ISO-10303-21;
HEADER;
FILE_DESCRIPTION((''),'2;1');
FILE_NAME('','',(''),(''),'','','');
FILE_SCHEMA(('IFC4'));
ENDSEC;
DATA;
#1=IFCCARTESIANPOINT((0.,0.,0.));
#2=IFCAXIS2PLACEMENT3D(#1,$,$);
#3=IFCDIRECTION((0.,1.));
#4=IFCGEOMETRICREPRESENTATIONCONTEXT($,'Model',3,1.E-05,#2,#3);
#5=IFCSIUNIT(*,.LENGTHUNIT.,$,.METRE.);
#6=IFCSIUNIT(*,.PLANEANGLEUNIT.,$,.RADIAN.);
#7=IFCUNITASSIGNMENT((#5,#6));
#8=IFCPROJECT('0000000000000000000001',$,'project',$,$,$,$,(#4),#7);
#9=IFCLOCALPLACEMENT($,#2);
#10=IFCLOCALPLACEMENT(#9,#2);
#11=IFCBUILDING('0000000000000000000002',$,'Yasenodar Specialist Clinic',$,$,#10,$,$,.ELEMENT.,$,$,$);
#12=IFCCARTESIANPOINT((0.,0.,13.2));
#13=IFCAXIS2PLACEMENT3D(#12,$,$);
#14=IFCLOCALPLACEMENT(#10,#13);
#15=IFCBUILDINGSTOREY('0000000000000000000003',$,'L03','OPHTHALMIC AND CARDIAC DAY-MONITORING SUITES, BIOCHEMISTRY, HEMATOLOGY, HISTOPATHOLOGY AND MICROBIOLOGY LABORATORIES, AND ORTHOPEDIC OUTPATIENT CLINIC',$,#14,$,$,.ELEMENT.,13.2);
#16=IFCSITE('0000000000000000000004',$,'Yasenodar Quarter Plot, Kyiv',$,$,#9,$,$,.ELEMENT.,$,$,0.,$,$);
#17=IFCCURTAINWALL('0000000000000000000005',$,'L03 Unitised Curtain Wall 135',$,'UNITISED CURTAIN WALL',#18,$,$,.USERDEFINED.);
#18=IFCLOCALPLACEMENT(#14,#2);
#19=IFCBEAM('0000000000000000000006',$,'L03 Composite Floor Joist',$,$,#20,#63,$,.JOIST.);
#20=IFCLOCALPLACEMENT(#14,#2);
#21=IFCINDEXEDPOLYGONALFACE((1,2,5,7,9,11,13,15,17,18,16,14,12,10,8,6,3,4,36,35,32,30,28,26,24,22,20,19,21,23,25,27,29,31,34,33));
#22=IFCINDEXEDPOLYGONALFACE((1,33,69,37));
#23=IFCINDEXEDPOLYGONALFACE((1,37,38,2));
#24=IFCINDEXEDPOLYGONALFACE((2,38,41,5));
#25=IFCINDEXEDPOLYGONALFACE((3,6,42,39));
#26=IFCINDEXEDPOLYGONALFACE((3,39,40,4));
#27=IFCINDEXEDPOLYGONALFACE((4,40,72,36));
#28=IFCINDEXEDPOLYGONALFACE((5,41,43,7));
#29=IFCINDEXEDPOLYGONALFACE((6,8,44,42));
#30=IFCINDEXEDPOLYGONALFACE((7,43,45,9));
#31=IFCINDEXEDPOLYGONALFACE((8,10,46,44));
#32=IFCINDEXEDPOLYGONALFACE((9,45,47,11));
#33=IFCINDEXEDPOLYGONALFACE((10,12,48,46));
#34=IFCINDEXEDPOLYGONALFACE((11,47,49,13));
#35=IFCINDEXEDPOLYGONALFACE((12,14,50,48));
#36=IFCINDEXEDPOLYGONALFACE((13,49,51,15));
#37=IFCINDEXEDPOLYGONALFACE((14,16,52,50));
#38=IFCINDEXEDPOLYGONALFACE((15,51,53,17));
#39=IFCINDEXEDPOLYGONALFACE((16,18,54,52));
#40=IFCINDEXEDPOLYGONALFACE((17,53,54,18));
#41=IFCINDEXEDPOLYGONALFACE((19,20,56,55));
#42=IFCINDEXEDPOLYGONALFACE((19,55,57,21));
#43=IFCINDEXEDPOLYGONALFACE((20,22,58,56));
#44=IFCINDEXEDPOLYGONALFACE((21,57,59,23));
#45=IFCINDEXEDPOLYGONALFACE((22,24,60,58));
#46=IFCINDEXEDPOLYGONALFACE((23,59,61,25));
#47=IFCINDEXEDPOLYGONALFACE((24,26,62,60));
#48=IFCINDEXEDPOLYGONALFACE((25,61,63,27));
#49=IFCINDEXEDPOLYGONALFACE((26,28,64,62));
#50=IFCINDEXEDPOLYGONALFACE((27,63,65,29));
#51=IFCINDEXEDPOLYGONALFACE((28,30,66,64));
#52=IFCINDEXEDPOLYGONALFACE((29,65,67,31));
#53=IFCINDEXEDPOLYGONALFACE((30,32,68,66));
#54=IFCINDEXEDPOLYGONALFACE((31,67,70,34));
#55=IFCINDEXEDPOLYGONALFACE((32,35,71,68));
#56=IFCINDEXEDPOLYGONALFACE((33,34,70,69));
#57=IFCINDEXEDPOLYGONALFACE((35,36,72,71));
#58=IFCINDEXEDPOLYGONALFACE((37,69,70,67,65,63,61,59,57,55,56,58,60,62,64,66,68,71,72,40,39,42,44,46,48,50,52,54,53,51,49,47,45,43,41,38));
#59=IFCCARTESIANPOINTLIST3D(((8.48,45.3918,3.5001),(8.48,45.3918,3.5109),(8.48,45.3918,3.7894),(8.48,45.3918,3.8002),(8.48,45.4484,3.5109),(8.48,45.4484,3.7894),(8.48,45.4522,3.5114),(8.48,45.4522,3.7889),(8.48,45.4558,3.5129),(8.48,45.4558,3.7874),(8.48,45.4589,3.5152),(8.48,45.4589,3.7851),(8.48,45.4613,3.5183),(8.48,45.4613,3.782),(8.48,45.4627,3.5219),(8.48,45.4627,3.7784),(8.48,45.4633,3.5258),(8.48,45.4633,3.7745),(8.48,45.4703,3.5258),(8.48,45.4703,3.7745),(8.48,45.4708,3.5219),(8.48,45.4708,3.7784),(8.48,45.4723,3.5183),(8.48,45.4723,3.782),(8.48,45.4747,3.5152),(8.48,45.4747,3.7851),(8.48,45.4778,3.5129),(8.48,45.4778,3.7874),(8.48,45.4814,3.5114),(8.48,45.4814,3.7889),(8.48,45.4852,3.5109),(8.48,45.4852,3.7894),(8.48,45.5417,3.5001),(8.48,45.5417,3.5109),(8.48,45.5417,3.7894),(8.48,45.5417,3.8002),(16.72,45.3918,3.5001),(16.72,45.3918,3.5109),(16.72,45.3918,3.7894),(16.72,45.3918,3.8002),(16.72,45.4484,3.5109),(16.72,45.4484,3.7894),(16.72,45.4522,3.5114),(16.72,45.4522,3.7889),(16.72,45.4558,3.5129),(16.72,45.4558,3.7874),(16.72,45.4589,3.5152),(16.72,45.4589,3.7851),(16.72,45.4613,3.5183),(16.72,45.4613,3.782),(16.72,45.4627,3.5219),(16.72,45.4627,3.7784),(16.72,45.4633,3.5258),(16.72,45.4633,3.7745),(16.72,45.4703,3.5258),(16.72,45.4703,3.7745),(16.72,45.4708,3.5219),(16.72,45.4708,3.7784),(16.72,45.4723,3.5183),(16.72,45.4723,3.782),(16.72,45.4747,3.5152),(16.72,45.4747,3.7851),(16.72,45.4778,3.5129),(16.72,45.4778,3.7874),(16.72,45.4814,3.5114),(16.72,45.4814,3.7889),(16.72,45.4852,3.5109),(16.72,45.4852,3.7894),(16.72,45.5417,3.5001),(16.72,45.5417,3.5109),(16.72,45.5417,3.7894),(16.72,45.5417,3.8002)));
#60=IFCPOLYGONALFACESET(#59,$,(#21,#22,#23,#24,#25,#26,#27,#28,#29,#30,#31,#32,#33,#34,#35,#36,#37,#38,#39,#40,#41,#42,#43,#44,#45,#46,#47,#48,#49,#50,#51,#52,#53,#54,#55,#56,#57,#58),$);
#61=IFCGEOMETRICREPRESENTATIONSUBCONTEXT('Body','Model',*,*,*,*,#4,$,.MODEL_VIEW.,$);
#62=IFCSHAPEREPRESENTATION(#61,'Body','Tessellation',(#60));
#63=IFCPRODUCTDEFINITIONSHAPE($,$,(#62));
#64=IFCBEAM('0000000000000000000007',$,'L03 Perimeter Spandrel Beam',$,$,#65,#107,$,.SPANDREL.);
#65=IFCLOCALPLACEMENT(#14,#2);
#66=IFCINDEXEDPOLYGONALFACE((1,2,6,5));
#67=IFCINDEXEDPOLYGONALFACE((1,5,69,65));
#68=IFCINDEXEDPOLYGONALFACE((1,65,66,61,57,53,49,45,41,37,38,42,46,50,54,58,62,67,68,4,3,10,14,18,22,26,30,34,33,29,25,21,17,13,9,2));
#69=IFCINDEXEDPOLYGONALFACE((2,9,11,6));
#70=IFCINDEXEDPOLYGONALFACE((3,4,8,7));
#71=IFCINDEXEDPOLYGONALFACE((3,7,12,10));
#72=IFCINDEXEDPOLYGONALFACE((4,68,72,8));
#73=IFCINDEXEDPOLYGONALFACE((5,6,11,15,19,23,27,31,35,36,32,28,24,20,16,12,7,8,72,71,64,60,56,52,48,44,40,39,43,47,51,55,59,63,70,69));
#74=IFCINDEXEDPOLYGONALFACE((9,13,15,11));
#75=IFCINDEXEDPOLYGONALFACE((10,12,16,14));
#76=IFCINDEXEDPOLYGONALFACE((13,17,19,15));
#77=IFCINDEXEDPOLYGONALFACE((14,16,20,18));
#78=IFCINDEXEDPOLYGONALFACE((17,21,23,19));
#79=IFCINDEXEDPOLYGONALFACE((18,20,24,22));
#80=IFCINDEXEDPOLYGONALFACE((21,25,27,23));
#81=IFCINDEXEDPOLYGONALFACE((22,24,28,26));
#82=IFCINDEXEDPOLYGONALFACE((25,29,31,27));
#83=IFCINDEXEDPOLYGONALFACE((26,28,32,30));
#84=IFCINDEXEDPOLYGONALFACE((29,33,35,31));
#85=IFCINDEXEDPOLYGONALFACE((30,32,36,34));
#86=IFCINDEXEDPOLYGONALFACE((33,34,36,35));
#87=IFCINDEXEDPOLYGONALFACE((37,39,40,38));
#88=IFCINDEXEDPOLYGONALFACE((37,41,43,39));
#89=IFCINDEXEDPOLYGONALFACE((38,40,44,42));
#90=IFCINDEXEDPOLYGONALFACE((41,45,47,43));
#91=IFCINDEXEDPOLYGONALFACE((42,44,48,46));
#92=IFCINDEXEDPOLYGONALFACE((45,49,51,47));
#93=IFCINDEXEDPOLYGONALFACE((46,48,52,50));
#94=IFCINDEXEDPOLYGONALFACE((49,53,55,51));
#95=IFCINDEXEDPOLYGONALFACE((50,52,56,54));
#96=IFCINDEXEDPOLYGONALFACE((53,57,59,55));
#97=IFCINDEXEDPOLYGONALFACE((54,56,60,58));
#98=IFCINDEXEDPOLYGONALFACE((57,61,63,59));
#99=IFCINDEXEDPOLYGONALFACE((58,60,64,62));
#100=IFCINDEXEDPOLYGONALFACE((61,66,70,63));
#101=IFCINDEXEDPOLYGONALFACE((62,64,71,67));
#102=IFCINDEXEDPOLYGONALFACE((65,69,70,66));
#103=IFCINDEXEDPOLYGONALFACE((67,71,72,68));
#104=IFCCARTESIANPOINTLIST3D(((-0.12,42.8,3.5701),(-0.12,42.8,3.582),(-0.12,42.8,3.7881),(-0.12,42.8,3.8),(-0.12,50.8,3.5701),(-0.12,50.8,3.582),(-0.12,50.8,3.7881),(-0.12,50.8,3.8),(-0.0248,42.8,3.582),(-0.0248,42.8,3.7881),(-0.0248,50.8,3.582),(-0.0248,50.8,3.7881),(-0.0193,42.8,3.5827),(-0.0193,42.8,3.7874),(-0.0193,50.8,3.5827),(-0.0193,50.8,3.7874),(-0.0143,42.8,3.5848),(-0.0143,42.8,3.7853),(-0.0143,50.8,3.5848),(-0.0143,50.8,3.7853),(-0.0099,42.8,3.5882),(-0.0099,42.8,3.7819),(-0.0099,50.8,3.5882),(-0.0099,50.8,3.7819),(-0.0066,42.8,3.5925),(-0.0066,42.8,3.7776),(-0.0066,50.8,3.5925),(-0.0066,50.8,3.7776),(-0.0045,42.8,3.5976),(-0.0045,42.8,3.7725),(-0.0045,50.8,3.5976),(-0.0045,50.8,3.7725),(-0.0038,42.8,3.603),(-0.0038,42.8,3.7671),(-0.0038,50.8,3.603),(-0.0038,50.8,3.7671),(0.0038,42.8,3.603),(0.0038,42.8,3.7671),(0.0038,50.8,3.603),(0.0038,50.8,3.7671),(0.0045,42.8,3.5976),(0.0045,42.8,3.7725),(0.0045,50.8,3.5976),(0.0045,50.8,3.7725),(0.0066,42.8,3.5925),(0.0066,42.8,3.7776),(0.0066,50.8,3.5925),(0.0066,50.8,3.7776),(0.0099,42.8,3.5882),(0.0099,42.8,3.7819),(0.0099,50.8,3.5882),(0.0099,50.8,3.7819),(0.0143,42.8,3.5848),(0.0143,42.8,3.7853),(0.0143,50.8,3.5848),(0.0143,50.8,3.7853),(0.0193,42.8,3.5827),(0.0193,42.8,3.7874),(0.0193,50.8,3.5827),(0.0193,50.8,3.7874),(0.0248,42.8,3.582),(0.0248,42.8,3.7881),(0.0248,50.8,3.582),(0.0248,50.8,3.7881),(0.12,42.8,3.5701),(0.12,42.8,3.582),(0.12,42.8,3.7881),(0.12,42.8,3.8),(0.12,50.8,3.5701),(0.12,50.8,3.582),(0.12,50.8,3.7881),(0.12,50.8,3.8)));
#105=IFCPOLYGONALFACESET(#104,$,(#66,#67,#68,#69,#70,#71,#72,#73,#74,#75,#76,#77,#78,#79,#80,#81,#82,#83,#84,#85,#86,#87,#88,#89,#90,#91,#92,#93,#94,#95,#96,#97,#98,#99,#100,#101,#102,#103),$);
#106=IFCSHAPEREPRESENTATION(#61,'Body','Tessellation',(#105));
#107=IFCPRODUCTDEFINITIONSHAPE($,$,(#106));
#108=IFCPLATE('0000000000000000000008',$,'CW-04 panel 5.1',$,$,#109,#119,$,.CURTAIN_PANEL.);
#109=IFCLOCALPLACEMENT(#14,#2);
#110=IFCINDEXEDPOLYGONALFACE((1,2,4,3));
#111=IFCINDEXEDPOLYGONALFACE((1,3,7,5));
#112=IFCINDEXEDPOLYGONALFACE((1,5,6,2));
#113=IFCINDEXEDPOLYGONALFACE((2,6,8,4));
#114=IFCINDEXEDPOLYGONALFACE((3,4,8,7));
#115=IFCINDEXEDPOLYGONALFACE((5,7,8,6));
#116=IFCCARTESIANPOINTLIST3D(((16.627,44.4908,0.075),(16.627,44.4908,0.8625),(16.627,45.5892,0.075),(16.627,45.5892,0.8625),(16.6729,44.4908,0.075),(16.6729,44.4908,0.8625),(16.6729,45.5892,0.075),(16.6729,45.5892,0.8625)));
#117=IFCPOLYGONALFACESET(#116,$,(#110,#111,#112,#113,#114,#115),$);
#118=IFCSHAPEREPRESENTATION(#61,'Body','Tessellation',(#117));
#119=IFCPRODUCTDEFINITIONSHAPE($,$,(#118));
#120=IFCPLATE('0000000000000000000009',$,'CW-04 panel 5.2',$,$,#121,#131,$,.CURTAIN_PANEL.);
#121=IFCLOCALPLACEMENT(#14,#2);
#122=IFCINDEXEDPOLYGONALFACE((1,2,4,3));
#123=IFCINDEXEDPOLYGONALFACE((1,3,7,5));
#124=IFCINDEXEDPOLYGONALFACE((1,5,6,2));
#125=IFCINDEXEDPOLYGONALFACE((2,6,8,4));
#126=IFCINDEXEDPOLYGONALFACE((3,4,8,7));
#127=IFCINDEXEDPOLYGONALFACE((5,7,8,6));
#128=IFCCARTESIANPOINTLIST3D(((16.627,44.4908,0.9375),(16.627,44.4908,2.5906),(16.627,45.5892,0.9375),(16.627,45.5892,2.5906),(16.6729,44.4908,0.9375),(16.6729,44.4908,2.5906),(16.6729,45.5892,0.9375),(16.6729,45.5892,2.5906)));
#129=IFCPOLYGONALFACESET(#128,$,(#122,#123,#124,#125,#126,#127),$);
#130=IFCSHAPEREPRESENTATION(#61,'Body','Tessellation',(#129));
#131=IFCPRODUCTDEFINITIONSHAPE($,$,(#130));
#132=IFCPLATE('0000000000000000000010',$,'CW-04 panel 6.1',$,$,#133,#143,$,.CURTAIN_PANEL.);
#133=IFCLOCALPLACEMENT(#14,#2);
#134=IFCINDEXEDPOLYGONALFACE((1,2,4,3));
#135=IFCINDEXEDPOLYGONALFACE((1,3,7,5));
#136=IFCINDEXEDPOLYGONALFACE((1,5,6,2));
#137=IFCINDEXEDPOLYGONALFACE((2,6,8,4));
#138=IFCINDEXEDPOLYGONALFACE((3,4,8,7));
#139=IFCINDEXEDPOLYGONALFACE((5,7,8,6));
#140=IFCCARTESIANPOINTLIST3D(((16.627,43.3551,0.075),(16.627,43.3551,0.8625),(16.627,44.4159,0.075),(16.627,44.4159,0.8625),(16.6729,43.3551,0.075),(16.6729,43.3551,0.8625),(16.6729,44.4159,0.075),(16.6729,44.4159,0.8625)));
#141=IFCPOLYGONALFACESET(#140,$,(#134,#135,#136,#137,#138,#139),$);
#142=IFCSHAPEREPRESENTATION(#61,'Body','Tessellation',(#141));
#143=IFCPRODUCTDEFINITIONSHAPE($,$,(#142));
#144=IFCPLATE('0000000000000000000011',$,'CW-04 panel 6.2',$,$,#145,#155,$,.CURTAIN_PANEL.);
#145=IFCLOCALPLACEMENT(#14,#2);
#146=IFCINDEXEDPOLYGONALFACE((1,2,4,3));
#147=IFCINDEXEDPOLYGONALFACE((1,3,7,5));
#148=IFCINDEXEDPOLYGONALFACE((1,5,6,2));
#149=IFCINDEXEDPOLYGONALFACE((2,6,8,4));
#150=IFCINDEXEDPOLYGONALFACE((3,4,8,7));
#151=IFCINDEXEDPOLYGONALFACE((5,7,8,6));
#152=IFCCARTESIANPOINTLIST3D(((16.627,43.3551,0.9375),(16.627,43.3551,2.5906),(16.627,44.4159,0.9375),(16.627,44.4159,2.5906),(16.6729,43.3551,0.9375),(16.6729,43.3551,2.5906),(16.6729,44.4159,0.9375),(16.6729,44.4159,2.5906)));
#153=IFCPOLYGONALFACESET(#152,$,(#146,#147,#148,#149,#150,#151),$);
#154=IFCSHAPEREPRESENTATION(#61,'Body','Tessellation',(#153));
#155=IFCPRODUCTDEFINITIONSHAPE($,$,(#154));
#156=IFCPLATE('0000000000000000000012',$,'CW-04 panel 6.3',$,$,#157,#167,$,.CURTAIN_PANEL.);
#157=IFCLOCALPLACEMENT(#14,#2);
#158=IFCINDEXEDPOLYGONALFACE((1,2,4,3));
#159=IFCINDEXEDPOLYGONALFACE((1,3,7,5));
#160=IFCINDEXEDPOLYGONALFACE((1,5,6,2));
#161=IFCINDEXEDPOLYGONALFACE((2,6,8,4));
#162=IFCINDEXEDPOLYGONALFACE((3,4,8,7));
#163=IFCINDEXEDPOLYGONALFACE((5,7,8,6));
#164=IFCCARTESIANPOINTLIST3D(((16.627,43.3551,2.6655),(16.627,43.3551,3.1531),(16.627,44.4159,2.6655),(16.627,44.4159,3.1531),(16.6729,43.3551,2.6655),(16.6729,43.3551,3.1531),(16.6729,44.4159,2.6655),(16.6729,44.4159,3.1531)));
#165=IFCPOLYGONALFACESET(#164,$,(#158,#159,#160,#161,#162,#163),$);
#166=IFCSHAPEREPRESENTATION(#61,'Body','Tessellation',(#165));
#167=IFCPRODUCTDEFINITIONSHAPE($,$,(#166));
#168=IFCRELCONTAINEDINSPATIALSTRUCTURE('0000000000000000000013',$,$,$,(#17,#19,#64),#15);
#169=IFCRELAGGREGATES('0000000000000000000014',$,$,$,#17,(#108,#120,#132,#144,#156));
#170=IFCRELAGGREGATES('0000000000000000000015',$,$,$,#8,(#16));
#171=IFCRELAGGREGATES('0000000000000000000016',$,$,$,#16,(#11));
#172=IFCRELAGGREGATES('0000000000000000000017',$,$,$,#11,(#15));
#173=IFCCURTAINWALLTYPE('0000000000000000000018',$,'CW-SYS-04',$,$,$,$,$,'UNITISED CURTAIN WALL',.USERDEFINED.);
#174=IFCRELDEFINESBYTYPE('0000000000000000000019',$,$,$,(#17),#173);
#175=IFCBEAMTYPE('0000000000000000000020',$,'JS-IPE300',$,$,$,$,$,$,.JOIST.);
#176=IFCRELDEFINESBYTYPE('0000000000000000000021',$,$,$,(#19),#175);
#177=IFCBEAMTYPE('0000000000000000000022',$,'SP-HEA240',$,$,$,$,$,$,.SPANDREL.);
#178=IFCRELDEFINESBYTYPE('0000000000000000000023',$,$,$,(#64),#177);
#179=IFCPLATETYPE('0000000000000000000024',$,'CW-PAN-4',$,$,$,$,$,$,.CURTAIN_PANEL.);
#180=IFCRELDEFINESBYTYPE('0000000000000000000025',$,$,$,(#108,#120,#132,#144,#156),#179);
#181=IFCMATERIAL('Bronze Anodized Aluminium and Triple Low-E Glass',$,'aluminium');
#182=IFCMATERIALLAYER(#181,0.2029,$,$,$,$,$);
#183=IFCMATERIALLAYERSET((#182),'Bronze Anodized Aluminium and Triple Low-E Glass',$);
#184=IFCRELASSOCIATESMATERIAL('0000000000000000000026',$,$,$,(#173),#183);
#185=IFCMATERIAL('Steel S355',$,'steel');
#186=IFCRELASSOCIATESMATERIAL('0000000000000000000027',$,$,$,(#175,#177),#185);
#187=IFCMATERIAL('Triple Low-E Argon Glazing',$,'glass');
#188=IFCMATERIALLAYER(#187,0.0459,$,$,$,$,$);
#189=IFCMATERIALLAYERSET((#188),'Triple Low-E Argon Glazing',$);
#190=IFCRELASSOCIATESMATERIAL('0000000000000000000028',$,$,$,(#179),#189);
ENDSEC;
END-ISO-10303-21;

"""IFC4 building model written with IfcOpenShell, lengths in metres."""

from ifc_helpers import new_model, si_unit, direction, frame, origin, origin_2d, place, context, subcontext, project, spatial, rectangle, i_section, extrude, material, layer, layer_set, material_profile, profile_set, type_object, element, aggregate, save


model = new_model("IFC4")

# Units and contexts
model_context = context("Model", 3, precision=1e-05, world=origin(), true_north=direction((0.0, 1.0)))
body_context = subcontext(model_context, "Body", "Model", "MODEL_VIEW")
ifc_project = project(units=[si_unit("LENGTHUNIT", "METRE"), si_unit("PLANEANGLEUNIT", "RADIAN")], contexts=[model_context])

# Site, building, storey
site_placement = place(None, origin())
site = spatial("IfcSite", under=ifc_project, at=site_placement, Name="Yasenodar Quarter Plot, Kyiv", CompositionType="ELEMENT", RefElevation=0.0)
building_placement = place(site_placement, origin())
building = spatial("IfcBuilding", under=site, at=building_placement, Name="Yasenodar Specialist Clinic", CompositionType="ELEMENT")
storey_placement = place(building_placement, frame((0.0, 0.0, 13.2)))
storey = spatial("IfcBuildingStorey", under=building, at=storey_placement, Name="L03", Description="OPHTHALMIC AND CARDIAC DAY-MONITORING SUITES, BIOCHEMISTRY, HEMATOLOGY, HISTOPATHOLOGY AND MICROBIOLOGY LABORATORIES, AND ORTHOPEDIC OUTPATIENT CLINIC", CompositionType="ELEMENT", Elevation=13.2)

# Shared definitions
ifc_material_1 = material(Name="Steel S355", Category="steel")

# Curtain wall
ifc_material_2 = material(Name="Bronze Anodized Aluminium and Triple Low-E Glass", Category="aluminium")
ifc_layer_1 = layer(ifc_material_2, 0.2029)
ifc_layer_set_1 = layer_set([ifc_layer_1], Name="Bronze Anodized Aluminium and Triple Low-E Glass")
curtain_wall_type = type_object("IfcCurtainWallType", Name="CW-SYS-04", ElementType="UNITISED CURTAIN WALL", PredefinedType="USERDEFINED", material=ifc_layer_set_1)
curtain_wall_placement = place(storey_placement, origin())
curtain_wall = element("IfcCurtainWall", 1, at=curtain_wall_placement, inside=storey, type_object=curtain_wall_type, Name="L03 Unitised Curtain Wall 135", ObjectType="UNITISED CURTAIN WALL", PredefinedType="USERDEFINED")

# Beams
ifc_material_profile_1 = material_profile(ifc_material_1, i_section(OverallWidth=0.1499, OverallDepth=0.3, WebThickness=0.0071, FlangeThickness=0.0107, FilletRadius=0.0149, at=origin_2d()), Name="IPE 300")
ifc_profile_set_1 = profile_set([ifc_material_profile_1], Name="Steel S355")
beam_type_1 = type_object("IfcBeamType", Name="JS-IPE300", PredefinedType="JOIST", material=ifc_profile_set_1)
beam_1_placement = place(storey_placement, frame((8.48, 45.4668, 3.6501), z_axis=(1.0, 0.0, 0.0), x_axis=(0.0, 1.0, 0.0)))
element("IfcBeam", 2, at=beam_1_placement, inside=storey, type_object=beam_type_1, Name="L03 Composite Floor Joist", PredefinedType="JOIST", context=body_context, shape_type="SweptSolid", body=[
    extrude(i_section(OverallWidth=0.1499, OverallDepth=0.3, WebThickness=0.0071, FlangeThickness=0.0107, FilletRadius=0.0149, at=origin_2d()), origin(), (0.0, 0.0, 1.0), 8.24),
])
ifc_material_profile_2 = material_profile(ifc_material_1, i_section(OverallWidth=0.24, OverallDepth=0.23, WebThickness=0.0076, FlangeThickness=0.012, FilletRadius=0.021, at=origin_2d()), Name="HEA 240")
ifc_profile_set_2 = profile_set([ifc_material_profile_2], Name="Steel S355")
beam_type_2 = type_object("IfcBeamType", Name="SP-HEA240", PredefinedType="SPANDREL", material=ifc_profile_set_2)
beam_2_placement = place(storey_placement, frame((0.0, 42.8, 3.6851), z_axis=(0.0, 1.0, 0.0), x_axis=(-1.0, 0.0, 0.0)))
element("IfcBeam", 3, at=beam_2_placement, inside=storey, type_object=beam_type_2, Name="L03 Perimeter Spandrel Beam", PredefinedType="SPANDREL", context=body_context, shape_type="SweptSolid", body=[
    extrude(i_section(OverallWidth=0.24, OverallDepth=0.23, WebThickness=0.0076, FlangeThickness=0.012, FilletRadius=0.021, at=origin_2d()), origin(), (0.0, 0.0, 1.0), 8.0),
])

# Plates
ifc_material_3 = material(Name="Triple Low-E Argon Glazing", Category="glass")
ifc_layer_2 = layer(ifc_material_3, 0.0459)
ifc_layer_set_2 = layer_set([ifc_layer_2], Name="Triple Low-E Argon Glazing")
plate_type = type_object("IfcPlateType", Name="CW-PAN-4", PredefinedType="CURTAIN_PANEL", material=ifc_layer_set_2)
plate_1_placement = place(storey_placement, frame((16.6499, 45.04, 0.075), z_axis=(0.0, 0.0, 1.0), x_axis=(0.0, -1.0, 0.0)))
plate_1 = element("IfcPlate", 4, at=plate_1_placement, type_object=plate_type, Name="CW-04 panel 5.1", PredefinedType="CURTAIN_PANEL", context=body_context, shape_type="SweptSolid", body=[
    extrude(rectangle(XDim=1.0984, YDim=0.0459, at=origin_2d()), origin(), (0.0, 0.0, 1.0), 0.7876),
])
plate_2_placement = place(storey_placement, frame((16.6499, 45.04, 0.9375), z_axis=(0.0, 0.0, 1.0), x_axis=(0.0, -1.0, 0.0)))
plate_2 = element("IfcPlate", 5, at=plate_2_placement, type_object=plate_type, Name="CW-04 panel 5.2", PredefinedType="CURTAIN_PANEL", context=body_context, shape_type="SweptSolid", body=[
    extrude(rectangle(XDim=1.0984, YDim=0.0459, at=origin_2d()), origin(), (0.0, 0.0, 1.0), 1.6531),
])
plate_3_placement = place(storey_placement, frame((16.6499, 43.8855, 0.075), z_axis=(0.0, 0.0, 1.0), x_axis=(0.0, -1.0, 0.0)))
plate_3 = element("IfcPlate", 6, at=plate_3_placement, type_object=plate_type, Name="CW-04 panel 6.1", PredefinedType="CURTAIN_PANEL", context=body_context, shape_type="SweptSolid", body=[
    extrude(rectangle(XDim=1.0608, YDim=0.0459, at=origin_2d()), origin(), (0.0, 0.0, 1.0), 0.7876),
])
plate_4_placement = place(storey_placement, frame((16.6499, 43.8855, 0.9375), z_axis=(0.0, 0.0, 1.0), x_axis=(0.0, -1.0, 0.0)))
plate_4 = element("IfcPlate", 7, at=plate_4_placement, type_object=plate_type, Name="CW-04 panel 6.2", PredefinedType="CURTAIN_PANEL", context=body_context, shape_type="SweptSolid", body=[
    extrude(rectangle(XDim=1.0608, YDim=0.0459, at=origin_2d()), origin(), (0.0, 0.0, 1.0), 1.6531),
])
plate_5_placement = place(storey_placement, frame((16.6499, 43.8855, 2.6655), z_axis=(0.0, 0.0, 1.0), x_axis=(0.0, -1.0, 0.0)))
plate_5 = element("IfcPlate", 8, at=plate_5_placement, type_object=plate_type, Name="CW-04 panel 6.3", PredefinedType="CURTAIN_PANEL", context=body_context, shape_type="SweptSolid", body=[
    extrude(rectangle(XDim=1.0608, YDim=0.0459, at=origin_2d()), origin(), (0.0, 0.0, 1.0), 0.4875),
])
aggregate(curtain_wall, [plate_1, plate_2, plate_3, plate_4, plate_5])

save(model, "model.ifc")
